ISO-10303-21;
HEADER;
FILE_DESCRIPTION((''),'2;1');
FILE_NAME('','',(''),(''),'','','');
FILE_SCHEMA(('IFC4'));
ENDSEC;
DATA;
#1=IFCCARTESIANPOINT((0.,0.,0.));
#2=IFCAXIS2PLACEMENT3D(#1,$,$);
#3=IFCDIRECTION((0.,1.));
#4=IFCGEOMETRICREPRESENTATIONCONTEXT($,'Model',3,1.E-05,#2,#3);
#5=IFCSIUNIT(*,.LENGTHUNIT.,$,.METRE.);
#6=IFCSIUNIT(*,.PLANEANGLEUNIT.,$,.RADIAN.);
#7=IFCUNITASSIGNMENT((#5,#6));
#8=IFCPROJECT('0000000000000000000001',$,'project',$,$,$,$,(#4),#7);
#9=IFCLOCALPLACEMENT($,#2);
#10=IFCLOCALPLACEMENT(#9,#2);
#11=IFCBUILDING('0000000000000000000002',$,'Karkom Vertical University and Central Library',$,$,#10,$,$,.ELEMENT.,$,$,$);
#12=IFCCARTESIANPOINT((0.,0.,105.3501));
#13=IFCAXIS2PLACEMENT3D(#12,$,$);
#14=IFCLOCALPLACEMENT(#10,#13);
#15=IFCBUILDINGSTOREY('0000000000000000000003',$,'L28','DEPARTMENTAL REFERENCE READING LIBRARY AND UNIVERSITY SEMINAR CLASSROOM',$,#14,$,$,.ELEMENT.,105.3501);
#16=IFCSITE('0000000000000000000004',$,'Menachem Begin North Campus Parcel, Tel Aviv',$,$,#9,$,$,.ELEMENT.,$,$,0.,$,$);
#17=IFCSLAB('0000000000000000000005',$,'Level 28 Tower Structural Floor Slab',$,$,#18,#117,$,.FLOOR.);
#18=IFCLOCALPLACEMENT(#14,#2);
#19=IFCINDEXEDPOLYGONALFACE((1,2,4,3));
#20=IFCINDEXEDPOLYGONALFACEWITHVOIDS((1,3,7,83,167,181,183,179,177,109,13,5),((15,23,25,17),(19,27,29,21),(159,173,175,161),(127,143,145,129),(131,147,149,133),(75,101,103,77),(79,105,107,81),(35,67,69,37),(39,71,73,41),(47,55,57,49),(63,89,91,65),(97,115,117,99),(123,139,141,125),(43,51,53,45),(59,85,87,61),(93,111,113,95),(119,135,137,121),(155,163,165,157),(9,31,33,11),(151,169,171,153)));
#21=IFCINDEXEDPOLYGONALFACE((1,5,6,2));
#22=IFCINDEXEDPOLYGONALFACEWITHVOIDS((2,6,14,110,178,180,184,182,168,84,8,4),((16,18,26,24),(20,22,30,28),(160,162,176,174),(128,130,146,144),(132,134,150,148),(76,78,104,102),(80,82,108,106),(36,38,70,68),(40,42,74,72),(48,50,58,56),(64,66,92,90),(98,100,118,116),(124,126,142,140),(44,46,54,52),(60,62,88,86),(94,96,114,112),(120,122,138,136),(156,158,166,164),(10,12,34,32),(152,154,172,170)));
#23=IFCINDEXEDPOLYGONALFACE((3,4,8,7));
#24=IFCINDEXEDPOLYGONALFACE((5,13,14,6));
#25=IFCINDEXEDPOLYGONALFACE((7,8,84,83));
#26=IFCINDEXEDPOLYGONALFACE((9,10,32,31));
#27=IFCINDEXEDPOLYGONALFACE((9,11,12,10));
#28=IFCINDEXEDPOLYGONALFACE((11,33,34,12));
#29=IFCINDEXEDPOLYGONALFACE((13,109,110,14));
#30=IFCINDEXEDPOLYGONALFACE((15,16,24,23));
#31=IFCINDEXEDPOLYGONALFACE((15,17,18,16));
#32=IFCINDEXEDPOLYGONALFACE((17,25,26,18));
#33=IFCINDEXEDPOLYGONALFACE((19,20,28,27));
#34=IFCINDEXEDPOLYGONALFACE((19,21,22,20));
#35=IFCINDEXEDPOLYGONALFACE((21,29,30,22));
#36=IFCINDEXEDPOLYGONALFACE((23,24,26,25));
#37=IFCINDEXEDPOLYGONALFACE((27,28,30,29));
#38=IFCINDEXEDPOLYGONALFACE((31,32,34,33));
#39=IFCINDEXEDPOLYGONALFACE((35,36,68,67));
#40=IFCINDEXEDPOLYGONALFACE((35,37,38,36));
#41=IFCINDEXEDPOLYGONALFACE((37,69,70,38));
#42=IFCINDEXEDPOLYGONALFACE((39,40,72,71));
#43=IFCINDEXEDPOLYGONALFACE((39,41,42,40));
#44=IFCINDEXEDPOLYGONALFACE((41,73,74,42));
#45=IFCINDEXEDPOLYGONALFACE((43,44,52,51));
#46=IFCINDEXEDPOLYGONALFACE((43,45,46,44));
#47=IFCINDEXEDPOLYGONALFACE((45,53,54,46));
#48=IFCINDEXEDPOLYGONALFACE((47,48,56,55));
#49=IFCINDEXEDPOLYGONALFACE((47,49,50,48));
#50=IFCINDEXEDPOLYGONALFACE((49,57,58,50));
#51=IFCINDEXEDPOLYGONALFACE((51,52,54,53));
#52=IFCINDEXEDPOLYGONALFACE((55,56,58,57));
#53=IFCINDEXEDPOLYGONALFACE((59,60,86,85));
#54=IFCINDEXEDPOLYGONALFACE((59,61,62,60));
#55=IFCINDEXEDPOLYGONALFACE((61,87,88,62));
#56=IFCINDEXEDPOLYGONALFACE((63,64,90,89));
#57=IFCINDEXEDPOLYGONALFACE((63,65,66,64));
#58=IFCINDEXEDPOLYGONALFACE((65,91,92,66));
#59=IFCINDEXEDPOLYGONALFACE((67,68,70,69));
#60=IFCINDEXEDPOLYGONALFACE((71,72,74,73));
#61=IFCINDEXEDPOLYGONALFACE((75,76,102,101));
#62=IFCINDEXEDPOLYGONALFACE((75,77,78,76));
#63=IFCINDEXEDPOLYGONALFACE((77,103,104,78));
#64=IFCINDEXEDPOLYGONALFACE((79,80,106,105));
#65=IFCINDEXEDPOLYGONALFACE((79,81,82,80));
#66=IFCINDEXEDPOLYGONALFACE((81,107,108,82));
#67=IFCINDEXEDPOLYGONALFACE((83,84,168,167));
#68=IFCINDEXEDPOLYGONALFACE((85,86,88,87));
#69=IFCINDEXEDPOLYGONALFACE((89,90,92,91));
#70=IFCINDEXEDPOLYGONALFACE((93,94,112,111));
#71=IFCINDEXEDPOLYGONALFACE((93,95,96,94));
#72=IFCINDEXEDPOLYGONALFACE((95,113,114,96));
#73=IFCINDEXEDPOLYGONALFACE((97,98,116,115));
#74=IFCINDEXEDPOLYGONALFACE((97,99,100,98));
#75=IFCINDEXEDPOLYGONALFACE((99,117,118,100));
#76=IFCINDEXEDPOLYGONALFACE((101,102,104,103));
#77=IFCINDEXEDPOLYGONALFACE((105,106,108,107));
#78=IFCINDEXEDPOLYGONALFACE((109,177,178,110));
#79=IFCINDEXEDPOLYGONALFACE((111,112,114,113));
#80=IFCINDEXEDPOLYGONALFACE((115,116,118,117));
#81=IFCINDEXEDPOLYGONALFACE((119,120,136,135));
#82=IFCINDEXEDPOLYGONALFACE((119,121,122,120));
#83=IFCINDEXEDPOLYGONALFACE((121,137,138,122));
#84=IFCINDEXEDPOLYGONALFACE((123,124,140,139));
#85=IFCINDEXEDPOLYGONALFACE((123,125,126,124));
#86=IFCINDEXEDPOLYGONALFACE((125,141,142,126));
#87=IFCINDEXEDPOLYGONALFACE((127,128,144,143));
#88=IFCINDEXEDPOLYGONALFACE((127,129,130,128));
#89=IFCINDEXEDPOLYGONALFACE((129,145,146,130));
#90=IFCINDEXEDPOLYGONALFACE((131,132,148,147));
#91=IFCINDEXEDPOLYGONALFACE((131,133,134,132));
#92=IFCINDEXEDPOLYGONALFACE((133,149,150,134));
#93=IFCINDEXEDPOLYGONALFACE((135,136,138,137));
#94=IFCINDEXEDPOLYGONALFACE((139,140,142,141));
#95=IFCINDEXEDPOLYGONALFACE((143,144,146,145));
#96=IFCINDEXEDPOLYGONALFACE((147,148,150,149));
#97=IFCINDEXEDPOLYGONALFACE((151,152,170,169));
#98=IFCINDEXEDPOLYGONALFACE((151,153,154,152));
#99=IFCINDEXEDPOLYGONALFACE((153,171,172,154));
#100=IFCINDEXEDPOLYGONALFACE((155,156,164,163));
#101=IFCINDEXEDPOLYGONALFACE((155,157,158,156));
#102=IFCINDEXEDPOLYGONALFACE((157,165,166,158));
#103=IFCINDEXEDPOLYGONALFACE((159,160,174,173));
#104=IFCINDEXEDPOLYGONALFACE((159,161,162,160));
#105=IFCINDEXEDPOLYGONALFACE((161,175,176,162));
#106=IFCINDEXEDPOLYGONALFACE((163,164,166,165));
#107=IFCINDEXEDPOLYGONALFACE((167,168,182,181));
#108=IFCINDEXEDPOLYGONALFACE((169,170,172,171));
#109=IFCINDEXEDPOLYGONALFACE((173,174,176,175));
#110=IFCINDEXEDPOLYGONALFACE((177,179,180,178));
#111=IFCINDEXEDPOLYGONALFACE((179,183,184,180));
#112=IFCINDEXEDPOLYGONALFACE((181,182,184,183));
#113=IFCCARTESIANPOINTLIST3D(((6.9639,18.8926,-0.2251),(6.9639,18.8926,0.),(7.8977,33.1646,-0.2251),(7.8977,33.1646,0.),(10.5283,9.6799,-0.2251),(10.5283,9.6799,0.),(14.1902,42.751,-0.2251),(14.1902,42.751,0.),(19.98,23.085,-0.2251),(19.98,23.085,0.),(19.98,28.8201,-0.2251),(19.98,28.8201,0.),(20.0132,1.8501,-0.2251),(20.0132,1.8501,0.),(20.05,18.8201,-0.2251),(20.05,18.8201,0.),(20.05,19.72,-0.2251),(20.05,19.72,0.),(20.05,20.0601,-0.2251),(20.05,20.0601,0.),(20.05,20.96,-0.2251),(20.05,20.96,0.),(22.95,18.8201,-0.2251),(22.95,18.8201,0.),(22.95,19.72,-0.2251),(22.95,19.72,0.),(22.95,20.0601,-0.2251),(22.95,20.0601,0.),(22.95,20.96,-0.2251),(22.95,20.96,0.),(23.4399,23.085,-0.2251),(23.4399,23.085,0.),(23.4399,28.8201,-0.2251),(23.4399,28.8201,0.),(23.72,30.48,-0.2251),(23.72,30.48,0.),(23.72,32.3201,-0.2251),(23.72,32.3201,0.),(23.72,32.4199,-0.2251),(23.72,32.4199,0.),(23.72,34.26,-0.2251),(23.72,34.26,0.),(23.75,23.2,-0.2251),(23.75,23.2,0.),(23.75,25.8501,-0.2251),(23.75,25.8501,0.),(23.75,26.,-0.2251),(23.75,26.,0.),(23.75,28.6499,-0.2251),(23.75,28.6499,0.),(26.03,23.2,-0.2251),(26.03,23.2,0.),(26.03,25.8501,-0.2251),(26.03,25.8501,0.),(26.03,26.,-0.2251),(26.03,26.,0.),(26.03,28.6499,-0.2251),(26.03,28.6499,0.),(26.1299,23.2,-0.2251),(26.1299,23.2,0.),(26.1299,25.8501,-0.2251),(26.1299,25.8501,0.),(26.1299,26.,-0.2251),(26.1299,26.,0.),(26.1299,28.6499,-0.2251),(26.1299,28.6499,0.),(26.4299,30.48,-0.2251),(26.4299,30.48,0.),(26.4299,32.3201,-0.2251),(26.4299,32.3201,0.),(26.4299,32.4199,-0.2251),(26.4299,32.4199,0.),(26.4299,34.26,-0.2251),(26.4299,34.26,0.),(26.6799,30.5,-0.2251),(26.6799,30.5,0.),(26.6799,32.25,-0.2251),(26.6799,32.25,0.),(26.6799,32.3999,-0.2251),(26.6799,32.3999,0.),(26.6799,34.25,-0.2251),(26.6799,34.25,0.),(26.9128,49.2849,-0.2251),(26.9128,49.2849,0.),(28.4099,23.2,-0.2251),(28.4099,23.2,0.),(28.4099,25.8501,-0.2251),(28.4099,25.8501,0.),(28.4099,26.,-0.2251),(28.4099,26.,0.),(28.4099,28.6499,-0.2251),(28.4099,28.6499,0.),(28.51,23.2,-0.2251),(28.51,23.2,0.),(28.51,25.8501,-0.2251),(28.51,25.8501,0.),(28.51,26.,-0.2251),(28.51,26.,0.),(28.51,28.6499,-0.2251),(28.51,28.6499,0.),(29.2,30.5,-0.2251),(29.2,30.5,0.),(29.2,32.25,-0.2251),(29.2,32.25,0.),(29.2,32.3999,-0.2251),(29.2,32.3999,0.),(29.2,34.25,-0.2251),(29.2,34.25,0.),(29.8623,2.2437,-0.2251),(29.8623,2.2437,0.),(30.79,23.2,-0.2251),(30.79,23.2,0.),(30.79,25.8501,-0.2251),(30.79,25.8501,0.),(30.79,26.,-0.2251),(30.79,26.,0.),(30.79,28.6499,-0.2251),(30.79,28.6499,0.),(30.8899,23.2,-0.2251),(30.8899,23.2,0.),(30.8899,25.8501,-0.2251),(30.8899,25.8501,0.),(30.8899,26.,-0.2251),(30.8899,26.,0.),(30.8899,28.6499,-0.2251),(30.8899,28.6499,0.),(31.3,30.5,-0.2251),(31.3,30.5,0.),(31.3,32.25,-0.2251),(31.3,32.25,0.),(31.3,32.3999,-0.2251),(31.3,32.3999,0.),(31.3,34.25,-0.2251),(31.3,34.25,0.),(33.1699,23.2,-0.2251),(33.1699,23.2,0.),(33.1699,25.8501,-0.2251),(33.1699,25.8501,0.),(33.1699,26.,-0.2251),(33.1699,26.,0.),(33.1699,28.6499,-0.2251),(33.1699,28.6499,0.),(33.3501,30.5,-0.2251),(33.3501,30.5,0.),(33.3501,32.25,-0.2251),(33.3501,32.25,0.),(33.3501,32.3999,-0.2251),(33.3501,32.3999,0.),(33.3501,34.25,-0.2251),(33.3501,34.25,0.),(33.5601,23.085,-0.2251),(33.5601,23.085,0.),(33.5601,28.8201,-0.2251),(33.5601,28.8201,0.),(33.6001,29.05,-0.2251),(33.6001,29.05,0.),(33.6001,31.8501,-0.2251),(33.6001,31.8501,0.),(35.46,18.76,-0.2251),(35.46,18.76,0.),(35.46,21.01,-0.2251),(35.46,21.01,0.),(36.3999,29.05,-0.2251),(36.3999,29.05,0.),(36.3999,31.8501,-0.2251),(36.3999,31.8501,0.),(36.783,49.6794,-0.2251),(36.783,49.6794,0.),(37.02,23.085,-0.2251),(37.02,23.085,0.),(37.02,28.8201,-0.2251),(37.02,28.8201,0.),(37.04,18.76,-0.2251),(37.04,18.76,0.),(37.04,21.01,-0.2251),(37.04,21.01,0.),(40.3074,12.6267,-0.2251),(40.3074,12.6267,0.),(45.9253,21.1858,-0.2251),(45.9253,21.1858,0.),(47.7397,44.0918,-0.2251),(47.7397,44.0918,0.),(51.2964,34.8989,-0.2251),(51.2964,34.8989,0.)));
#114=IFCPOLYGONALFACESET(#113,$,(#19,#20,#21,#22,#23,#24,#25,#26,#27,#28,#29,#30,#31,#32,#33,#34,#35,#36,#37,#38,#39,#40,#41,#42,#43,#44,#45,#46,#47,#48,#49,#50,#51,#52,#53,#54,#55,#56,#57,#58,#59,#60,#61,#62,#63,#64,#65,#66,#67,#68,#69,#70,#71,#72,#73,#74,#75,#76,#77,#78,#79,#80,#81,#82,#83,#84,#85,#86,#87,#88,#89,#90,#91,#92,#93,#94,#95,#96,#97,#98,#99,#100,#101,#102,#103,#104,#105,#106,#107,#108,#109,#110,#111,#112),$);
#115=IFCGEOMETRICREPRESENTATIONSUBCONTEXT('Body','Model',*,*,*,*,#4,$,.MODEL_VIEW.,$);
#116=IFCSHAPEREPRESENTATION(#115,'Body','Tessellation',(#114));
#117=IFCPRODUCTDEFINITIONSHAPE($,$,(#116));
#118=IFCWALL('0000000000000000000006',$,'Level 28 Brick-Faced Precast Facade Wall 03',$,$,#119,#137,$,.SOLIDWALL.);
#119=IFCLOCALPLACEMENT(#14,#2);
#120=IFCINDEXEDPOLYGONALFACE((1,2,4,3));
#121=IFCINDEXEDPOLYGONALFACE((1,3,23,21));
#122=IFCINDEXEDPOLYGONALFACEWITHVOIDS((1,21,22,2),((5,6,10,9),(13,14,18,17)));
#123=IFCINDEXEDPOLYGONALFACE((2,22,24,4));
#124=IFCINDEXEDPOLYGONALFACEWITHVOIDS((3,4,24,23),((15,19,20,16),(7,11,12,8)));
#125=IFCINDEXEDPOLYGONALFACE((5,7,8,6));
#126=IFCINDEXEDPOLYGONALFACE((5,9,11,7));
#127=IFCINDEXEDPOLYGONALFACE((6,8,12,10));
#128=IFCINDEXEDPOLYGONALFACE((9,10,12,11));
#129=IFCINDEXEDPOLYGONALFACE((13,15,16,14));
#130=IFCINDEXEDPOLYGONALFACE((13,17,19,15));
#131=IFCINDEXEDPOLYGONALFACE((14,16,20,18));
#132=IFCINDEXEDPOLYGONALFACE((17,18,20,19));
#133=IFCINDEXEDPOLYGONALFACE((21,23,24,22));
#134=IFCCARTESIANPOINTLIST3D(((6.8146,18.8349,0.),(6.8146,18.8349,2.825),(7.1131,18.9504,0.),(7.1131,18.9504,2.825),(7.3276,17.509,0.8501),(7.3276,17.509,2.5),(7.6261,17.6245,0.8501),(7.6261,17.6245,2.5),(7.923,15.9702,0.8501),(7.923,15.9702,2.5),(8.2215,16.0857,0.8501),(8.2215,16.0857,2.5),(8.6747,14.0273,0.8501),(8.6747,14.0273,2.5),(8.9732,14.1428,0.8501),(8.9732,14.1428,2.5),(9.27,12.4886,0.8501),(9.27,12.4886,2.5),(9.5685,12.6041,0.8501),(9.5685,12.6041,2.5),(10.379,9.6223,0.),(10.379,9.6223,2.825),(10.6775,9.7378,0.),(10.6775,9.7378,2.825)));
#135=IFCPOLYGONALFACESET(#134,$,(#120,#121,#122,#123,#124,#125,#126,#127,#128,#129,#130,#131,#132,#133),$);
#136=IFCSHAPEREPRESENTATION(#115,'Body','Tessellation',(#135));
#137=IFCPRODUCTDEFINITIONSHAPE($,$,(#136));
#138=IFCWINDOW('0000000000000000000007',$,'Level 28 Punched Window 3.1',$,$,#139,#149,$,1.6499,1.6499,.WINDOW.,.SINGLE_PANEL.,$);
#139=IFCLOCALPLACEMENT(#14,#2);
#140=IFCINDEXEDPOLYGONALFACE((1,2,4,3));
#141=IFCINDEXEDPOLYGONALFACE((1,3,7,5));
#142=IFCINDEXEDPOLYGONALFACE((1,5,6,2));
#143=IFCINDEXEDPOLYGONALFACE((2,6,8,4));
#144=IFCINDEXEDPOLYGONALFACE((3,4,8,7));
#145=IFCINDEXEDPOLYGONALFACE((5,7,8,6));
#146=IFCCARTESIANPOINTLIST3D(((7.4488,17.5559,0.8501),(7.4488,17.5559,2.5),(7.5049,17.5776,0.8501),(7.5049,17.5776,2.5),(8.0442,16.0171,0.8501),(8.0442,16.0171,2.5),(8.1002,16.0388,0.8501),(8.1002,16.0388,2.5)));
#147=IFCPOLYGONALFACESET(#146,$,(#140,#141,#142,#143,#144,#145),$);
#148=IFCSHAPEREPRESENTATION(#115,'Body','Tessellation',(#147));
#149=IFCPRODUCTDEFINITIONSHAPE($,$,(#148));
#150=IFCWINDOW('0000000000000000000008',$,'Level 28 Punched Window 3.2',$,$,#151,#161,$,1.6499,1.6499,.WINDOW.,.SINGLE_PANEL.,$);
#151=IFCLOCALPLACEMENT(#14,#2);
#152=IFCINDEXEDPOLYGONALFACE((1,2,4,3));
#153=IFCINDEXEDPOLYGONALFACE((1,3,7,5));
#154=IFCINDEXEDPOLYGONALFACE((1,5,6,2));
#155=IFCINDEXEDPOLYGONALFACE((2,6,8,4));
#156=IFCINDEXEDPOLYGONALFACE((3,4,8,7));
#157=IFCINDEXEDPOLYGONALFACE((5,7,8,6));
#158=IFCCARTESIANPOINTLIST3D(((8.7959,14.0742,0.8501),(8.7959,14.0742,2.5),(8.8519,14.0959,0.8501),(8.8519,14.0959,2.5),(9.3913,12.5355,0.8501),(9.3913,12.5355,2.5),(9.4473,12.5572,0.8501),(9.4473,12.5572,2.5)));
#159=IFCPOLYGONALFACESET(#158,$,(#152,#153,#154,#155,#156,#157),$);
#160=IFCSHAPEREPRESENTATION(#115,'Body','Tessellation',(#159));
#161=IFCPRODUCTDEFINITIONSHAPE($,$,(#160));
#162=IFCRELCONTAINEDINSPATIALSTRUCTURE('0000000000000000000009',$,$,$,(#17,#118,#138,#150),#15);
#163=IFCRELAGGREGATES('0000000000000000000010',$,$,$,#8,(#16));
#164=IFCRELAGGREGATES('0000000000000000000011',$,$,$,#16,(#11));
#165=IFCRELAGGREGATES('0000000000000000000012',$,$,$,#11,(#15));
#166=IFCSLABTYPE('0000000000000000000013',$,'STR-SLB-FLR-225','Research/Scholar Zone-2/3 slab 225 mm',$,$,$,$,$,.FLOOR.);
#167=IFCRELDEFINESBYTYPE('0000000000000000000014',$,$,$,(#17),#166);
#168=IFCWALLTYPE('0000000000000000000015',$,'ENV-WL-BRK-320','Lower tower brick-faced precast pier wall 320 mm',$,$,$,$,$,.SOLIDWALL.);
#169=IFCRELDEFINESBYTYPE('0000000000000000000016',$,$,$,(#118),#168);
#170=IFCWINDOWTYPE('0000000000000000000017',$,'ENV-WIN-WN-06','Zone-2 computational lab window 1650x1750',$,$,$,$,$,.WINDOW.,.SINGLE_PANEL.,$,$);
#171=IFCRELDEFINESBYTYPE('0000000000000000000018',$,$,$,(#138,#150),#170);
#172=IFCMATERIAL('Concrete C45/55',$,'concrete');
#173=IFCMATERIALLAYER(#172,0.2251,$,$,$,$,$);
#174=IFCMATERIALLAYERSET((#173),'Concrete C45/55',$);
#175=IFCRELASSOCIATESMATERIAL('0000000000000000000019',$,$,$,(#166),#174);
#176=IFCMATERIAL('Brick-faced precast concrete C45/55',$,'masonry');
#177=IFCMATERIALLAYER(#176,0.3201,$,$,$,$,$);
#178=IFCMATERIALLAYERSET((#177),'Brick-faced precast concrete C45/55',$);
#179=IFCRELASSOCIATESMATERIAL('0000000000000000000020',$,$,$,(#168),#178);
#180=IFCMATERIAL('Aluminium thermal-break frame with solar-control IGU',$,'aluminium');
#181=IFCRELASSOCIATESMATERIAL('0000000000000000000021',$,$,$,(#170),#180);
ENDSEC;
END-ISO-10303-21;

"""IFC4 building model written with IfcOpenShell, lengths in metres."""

from ifc_helpers import new_model, si_unit, direction, frame, frame_2d, origin, origin_with_axes, place, context, subcontext, project, spatial, polyline, rectangle, outline, extrude, source, transform, mapped, material, layer, layer_set, type_object, element, fill, save


model = new_model("IFC4")

# Units and contexts
model_context = context("Model", 3, precision=1e-05, world=origin(), true_north=direction((0.0, 1.0)))
body_context = subcontext(model_context, "Body", "Model", "MODEL_VIEW")
ifc_project = project(units=[si_unit("LENGTHUNIT", "METRE"), si_unit("PLANEANGLEUNIT", "RADIAN")], contexts=[model_context])

# Site, building, storey
site_placement = place(None, origin())
site = spatial("IfcSite", under=ifc_project, at=site_placement, Name="Menachem Begin North Campus Parcel, Tel Aviv", CompositionType="ELEMENT", RefElevation=0.0)
building_placement = place(site_placement, origin())
building = spatial("IfcBuilding", under=site, at=building_placement, Name="Karkom Vertical University and Central Library", CompositionType="ELEMENT")
storey_placement = place(building_placement, frame((0.0, 0.0, 105.3501)))
storey = spatial("IfcBuildingStorey", under=building, at=storey_placement, Name="L28", Description="DEPARTMENTAL REFERENCE READING LIBRARY AND UNIVERSITY SEMINAR CLASSROOM", CompositionType="ELEMENT", Elevation=105.3501)

# Shared definitions
ifc_material_1 = material(Name="Concrete C45/55", Category="concrete")

# Slab
ifc_layer_1 = layer(ifc_material_1, 0.2251)
ifc_layer_set_1 = layer_set([ifc_layer_1], Name="Concrete C45/55")
slab_type_1 = type_object("IfcSlabType", Name="STR-SLB-FLR-225", Description="Research/Scholar Zone-2/3 slab 225 mm", PredefinedType="FLOOR", material=ifc_layer_set_1)
slab_1_placement = place(storey_placement, frame((0.0, 0.0, -0.2251)))
element("IfcSlab", 1, at=slab_1_placement, inside=storey, type_object=slab_type_1, Name="Level 28 Tower Structural Floor Slab", PredefinedType="FLOOR", context=body_context, shape_type="SweptSolid", body=[
    extrude(outline(polyline([(14.1902, 42.751), (7.8977, 33.1646), (6.9639, 18.8926), (10.5283, 9.6799), (20.0132, 1.8501), (29.8623, 2.2437), (40.3074, 12.6267), (45.9253, 21.1858), (51.2964, 34.8989), (47.7397, 44.0918), (36.783, 49.6794), (26.9128, 49.2849), (14.1902, 42.751)]), holes=[polyline([(19.98, 23.085), (23.4399, 23.085), (23.4399, 28.8201), (19.98, 28.8201), (19.98, 23.085)]), polyline([(33.5601, 23.085), (37.02, 23.085), (37.02, 28.8201), (33.5601, 28.8201), (33.5601, 23.085)]), polyline([(23.75, 23.2), (26.03, 23.2), (26.03, 25.8501), (23.75, 25.8501), (23.75, 23.2)]), polyline([(26.1299, 23.2), (28.4099, 23.2), (28.4099, 25.8501), (26.1299, 25.8501), (26.1299, 23.2)]), polyline([(28.51, 23.2), (30.79, 23.2), (30.79, 25.8501), (28.51, 25.8501), (28.51, 23.2)]), polyline([(30.8899, 23.2), (33.1699, 23.2), (33.1699, 25.8501), (30.8899, 25.8501), (30.8899, 23.2)]), polyline([(23.75, 26.0), (26.03, 26.0), (26.03, 28.6499), (23.75, 28.6499), (23.75, 26.0)]), polyline([(26.1299, 26.0), (28.4099, 26.0), (28.4099, 28.6499), (26.1299, 28.6499), (26.1299, 26.0)]), polyline([(28.51, 26.0), (30.79, 26.0), (30.79, 28.6499), (28.51, 28.6499), (28.51, 26.0)]), polyline([(30.8899, 26.0), (33.1699, 26.0), (33.1699, 28.6499), (30.8899, 28.6499), (30.8899, 26.0)]), polyline([(26.6799, 30.5), (29.2, 30.5), (29.2, 32.25), (26.6799, 32.25), (26.6799, 30.5)]), polyline([(26.6799, 32.3999), (29.2, 32.3999), (29.2, 34.25), (26.6799, 34.25), (26.6799, 32.3999)]), polyline([(31.3, 30.5), (33.3501, 30.5), (33.3501, 32.25), (31.3, 32.25), (31.3, 30.5)]), polyline([(31.3, 32.3999), (33.3501, 32.3999), (33.3501, 34.25), (31.3, 34.25), (31.3, 32.3999)]), polyline([(23.72, 30.48), (26.4299, 30.48), (26.4299, 32.3201), (23.72, 32.3201), (23.72, 30.48)]), polyline([(23.72, 32.4199), (26.4299, 32.4199), (26.4299, 34.26), (23.72, 34.26), (23.72, 32.4199)]), polyline([(33.6001, 29.05), (36.3999, 29.05), (36.3999, 31.8501), (33.6001, 31.8501), (33.6001, 29.05)]), polyline([(20.05, 18.8201), (22.95, 18.8201), (22.95, 19.72), (20.05, 19.72), (20.05, 18.8201)]), polyline([(20.05, 20.0601), (22.95, 20.0601), (22.95, 20.96), (20.05, 20.96), (20.05, 20.0601)]), polyline([(35.46, 18.76), (37.04, 18.76), (37.04, 21.01), (35.46, 21.01), (35.46, 18.76)])]), origin(), (0.0, 0.0, 1.0), 0.2251),
])

# Wall, openings, windows
ifc_material_2 = material(Name="Brick-faced precast concrete C45/55", Category="masonry")
ifc_layer_2 = layer(ifc_material_2, 0.3201)
ifc_layer_set_2 = layer_set([ifc_layer_2], Name="Brick-faced precast concrete C45/55")
wall_type_1 = type_object("IfcWallType", Name="ENV-WL-BRK-320", Description="Lower tower brick-faced precast pier wall 320 mm", PredefinedType="SOLIDWALL", material=ifc_layer_set_2)
wall_1_placement = place(storey_placement, frame((6.9639, 18.8926, 0.0), z_axis=(0.0, 0.0, 1.0), x_axis=(0.360842, -0.932627, 0.0)))
wall_1 = element("IfcWall", 2, at=wall_1_placement, inside=storey, type_object=wall_type_1, Name="Level 28 Brick-Faced Precast Facade Wall 03", PredefinedType="SOLIDWALL", context=body_context, shape_type="SweptSolid", body=[
    extrude(rectangle(XDim=9.8782, YDim=0.3201, at=frame_2d((4.939, 0.0))), origin(), (0.0, 0.0, 1.0), 2.825),
])
opening_1_placement = place(wall_1_placement, frame((1.4216, 0.0, 0.8501)))
opening_1 = element("IfcOpeningElement", 3, at=opening_1_placement, cuts=wall_1, PredefinedType="OPENING", context=body_context, shape_type="SweptSolid", body=[
    extrude(rectangle(XDim=1.6499, YDim=1.6499, at=frame_2d((0.825, 0.825))), frame((0.0, 0.1699, 0.0), z_axis=(0.0, -1.0, 0.0), x_axis=(1.0, 0.0, 0.0)), (0.0, 0.0, 1.0), 0.3401),
])
opening_2_placement = place(wall_1_placement, frame((5.1548, 0.0, 0.8501)))
opening_2 = element("IfcOpeningElement", 4, at=opening_2_placement, cuts=wall_1, PredefinedType="OPENING", context=body_context, shape_type="SweptSolid", body=[
    extrude(rectangle(XDim=1.6499, YDim=1.6499, at=frame_2d((0.825, 0.825))), frame((0.0, 0.1699, 0.0), z_axis=(0.0, -1.0, 0.0), x_axis=(1.0, 0.0, 0.0)), (0.0, 0.0, 1.0), 0.3401),
])
ifc_material_3 = material(Name="Aluminium thermal-break frame with solar-control IGU", Category="aluminium")
window_type = type_object("IfcWindowType", Name="ENV-WIN-WN-06", Description="Zone-2 computational lab window 1650x1750", PartitioningType="SINGLE_PANEL", PredefinedType="WINDOW", material=ifc_material_3)
shared_shape_1 = source(origin_with_axes(), body_context, "Body", "SweptSolid", [
    extrude(rectangle(XDim=1.6499, YDim=1.6499, at=frame_2d((0.825, 0.825))), frame((0.0, 0.03, 0.0), z_axis=(0.0, -1.0, 0.0), x_axis=(1.0, 0.0, 0.0)), (0.0, 0.0, 1.0), 0.0601),
])
window_1_placement = place(opening_1_placement, origin())
window_1 = element("IfcWindow", 5, at=window_1_placement, inside=storey, type_object=window_type, Name="Level 28 Punched Window 3.1", OverallHeight=1.6499, OverallWidth=1.6499, PartitioningType="SINGLE_PANEL", PredefinedType="WINDOW", context=body_context, shape_type="MappedRepresentation", body=[
    mapped(shared_shape_1, transform((0.0, 0.0, 0.0), scale=1.0)),
])
fill(opening_1, window_1)
window_2_placement = place(opening_2_placement, origin())
window_2 = element("IfcWindow", 6, at=window_2_placement, inside=storey, type_object=window_type, Name="Level 28 Punched Window 3.2", OverallHeight=1.6499, OverallWidth=1.6499, PartitioningType="SINGLE_PANEL", PredefinedType="WINDOW", context=body_context, shape_type="MappedRepresentation", body=[
    mapped(shared_shape_1, transform((0.0, 0.0, 0.0), scale=1.0)),
])
fill(opening_2, window_2)

save(model, "model.ifc")
